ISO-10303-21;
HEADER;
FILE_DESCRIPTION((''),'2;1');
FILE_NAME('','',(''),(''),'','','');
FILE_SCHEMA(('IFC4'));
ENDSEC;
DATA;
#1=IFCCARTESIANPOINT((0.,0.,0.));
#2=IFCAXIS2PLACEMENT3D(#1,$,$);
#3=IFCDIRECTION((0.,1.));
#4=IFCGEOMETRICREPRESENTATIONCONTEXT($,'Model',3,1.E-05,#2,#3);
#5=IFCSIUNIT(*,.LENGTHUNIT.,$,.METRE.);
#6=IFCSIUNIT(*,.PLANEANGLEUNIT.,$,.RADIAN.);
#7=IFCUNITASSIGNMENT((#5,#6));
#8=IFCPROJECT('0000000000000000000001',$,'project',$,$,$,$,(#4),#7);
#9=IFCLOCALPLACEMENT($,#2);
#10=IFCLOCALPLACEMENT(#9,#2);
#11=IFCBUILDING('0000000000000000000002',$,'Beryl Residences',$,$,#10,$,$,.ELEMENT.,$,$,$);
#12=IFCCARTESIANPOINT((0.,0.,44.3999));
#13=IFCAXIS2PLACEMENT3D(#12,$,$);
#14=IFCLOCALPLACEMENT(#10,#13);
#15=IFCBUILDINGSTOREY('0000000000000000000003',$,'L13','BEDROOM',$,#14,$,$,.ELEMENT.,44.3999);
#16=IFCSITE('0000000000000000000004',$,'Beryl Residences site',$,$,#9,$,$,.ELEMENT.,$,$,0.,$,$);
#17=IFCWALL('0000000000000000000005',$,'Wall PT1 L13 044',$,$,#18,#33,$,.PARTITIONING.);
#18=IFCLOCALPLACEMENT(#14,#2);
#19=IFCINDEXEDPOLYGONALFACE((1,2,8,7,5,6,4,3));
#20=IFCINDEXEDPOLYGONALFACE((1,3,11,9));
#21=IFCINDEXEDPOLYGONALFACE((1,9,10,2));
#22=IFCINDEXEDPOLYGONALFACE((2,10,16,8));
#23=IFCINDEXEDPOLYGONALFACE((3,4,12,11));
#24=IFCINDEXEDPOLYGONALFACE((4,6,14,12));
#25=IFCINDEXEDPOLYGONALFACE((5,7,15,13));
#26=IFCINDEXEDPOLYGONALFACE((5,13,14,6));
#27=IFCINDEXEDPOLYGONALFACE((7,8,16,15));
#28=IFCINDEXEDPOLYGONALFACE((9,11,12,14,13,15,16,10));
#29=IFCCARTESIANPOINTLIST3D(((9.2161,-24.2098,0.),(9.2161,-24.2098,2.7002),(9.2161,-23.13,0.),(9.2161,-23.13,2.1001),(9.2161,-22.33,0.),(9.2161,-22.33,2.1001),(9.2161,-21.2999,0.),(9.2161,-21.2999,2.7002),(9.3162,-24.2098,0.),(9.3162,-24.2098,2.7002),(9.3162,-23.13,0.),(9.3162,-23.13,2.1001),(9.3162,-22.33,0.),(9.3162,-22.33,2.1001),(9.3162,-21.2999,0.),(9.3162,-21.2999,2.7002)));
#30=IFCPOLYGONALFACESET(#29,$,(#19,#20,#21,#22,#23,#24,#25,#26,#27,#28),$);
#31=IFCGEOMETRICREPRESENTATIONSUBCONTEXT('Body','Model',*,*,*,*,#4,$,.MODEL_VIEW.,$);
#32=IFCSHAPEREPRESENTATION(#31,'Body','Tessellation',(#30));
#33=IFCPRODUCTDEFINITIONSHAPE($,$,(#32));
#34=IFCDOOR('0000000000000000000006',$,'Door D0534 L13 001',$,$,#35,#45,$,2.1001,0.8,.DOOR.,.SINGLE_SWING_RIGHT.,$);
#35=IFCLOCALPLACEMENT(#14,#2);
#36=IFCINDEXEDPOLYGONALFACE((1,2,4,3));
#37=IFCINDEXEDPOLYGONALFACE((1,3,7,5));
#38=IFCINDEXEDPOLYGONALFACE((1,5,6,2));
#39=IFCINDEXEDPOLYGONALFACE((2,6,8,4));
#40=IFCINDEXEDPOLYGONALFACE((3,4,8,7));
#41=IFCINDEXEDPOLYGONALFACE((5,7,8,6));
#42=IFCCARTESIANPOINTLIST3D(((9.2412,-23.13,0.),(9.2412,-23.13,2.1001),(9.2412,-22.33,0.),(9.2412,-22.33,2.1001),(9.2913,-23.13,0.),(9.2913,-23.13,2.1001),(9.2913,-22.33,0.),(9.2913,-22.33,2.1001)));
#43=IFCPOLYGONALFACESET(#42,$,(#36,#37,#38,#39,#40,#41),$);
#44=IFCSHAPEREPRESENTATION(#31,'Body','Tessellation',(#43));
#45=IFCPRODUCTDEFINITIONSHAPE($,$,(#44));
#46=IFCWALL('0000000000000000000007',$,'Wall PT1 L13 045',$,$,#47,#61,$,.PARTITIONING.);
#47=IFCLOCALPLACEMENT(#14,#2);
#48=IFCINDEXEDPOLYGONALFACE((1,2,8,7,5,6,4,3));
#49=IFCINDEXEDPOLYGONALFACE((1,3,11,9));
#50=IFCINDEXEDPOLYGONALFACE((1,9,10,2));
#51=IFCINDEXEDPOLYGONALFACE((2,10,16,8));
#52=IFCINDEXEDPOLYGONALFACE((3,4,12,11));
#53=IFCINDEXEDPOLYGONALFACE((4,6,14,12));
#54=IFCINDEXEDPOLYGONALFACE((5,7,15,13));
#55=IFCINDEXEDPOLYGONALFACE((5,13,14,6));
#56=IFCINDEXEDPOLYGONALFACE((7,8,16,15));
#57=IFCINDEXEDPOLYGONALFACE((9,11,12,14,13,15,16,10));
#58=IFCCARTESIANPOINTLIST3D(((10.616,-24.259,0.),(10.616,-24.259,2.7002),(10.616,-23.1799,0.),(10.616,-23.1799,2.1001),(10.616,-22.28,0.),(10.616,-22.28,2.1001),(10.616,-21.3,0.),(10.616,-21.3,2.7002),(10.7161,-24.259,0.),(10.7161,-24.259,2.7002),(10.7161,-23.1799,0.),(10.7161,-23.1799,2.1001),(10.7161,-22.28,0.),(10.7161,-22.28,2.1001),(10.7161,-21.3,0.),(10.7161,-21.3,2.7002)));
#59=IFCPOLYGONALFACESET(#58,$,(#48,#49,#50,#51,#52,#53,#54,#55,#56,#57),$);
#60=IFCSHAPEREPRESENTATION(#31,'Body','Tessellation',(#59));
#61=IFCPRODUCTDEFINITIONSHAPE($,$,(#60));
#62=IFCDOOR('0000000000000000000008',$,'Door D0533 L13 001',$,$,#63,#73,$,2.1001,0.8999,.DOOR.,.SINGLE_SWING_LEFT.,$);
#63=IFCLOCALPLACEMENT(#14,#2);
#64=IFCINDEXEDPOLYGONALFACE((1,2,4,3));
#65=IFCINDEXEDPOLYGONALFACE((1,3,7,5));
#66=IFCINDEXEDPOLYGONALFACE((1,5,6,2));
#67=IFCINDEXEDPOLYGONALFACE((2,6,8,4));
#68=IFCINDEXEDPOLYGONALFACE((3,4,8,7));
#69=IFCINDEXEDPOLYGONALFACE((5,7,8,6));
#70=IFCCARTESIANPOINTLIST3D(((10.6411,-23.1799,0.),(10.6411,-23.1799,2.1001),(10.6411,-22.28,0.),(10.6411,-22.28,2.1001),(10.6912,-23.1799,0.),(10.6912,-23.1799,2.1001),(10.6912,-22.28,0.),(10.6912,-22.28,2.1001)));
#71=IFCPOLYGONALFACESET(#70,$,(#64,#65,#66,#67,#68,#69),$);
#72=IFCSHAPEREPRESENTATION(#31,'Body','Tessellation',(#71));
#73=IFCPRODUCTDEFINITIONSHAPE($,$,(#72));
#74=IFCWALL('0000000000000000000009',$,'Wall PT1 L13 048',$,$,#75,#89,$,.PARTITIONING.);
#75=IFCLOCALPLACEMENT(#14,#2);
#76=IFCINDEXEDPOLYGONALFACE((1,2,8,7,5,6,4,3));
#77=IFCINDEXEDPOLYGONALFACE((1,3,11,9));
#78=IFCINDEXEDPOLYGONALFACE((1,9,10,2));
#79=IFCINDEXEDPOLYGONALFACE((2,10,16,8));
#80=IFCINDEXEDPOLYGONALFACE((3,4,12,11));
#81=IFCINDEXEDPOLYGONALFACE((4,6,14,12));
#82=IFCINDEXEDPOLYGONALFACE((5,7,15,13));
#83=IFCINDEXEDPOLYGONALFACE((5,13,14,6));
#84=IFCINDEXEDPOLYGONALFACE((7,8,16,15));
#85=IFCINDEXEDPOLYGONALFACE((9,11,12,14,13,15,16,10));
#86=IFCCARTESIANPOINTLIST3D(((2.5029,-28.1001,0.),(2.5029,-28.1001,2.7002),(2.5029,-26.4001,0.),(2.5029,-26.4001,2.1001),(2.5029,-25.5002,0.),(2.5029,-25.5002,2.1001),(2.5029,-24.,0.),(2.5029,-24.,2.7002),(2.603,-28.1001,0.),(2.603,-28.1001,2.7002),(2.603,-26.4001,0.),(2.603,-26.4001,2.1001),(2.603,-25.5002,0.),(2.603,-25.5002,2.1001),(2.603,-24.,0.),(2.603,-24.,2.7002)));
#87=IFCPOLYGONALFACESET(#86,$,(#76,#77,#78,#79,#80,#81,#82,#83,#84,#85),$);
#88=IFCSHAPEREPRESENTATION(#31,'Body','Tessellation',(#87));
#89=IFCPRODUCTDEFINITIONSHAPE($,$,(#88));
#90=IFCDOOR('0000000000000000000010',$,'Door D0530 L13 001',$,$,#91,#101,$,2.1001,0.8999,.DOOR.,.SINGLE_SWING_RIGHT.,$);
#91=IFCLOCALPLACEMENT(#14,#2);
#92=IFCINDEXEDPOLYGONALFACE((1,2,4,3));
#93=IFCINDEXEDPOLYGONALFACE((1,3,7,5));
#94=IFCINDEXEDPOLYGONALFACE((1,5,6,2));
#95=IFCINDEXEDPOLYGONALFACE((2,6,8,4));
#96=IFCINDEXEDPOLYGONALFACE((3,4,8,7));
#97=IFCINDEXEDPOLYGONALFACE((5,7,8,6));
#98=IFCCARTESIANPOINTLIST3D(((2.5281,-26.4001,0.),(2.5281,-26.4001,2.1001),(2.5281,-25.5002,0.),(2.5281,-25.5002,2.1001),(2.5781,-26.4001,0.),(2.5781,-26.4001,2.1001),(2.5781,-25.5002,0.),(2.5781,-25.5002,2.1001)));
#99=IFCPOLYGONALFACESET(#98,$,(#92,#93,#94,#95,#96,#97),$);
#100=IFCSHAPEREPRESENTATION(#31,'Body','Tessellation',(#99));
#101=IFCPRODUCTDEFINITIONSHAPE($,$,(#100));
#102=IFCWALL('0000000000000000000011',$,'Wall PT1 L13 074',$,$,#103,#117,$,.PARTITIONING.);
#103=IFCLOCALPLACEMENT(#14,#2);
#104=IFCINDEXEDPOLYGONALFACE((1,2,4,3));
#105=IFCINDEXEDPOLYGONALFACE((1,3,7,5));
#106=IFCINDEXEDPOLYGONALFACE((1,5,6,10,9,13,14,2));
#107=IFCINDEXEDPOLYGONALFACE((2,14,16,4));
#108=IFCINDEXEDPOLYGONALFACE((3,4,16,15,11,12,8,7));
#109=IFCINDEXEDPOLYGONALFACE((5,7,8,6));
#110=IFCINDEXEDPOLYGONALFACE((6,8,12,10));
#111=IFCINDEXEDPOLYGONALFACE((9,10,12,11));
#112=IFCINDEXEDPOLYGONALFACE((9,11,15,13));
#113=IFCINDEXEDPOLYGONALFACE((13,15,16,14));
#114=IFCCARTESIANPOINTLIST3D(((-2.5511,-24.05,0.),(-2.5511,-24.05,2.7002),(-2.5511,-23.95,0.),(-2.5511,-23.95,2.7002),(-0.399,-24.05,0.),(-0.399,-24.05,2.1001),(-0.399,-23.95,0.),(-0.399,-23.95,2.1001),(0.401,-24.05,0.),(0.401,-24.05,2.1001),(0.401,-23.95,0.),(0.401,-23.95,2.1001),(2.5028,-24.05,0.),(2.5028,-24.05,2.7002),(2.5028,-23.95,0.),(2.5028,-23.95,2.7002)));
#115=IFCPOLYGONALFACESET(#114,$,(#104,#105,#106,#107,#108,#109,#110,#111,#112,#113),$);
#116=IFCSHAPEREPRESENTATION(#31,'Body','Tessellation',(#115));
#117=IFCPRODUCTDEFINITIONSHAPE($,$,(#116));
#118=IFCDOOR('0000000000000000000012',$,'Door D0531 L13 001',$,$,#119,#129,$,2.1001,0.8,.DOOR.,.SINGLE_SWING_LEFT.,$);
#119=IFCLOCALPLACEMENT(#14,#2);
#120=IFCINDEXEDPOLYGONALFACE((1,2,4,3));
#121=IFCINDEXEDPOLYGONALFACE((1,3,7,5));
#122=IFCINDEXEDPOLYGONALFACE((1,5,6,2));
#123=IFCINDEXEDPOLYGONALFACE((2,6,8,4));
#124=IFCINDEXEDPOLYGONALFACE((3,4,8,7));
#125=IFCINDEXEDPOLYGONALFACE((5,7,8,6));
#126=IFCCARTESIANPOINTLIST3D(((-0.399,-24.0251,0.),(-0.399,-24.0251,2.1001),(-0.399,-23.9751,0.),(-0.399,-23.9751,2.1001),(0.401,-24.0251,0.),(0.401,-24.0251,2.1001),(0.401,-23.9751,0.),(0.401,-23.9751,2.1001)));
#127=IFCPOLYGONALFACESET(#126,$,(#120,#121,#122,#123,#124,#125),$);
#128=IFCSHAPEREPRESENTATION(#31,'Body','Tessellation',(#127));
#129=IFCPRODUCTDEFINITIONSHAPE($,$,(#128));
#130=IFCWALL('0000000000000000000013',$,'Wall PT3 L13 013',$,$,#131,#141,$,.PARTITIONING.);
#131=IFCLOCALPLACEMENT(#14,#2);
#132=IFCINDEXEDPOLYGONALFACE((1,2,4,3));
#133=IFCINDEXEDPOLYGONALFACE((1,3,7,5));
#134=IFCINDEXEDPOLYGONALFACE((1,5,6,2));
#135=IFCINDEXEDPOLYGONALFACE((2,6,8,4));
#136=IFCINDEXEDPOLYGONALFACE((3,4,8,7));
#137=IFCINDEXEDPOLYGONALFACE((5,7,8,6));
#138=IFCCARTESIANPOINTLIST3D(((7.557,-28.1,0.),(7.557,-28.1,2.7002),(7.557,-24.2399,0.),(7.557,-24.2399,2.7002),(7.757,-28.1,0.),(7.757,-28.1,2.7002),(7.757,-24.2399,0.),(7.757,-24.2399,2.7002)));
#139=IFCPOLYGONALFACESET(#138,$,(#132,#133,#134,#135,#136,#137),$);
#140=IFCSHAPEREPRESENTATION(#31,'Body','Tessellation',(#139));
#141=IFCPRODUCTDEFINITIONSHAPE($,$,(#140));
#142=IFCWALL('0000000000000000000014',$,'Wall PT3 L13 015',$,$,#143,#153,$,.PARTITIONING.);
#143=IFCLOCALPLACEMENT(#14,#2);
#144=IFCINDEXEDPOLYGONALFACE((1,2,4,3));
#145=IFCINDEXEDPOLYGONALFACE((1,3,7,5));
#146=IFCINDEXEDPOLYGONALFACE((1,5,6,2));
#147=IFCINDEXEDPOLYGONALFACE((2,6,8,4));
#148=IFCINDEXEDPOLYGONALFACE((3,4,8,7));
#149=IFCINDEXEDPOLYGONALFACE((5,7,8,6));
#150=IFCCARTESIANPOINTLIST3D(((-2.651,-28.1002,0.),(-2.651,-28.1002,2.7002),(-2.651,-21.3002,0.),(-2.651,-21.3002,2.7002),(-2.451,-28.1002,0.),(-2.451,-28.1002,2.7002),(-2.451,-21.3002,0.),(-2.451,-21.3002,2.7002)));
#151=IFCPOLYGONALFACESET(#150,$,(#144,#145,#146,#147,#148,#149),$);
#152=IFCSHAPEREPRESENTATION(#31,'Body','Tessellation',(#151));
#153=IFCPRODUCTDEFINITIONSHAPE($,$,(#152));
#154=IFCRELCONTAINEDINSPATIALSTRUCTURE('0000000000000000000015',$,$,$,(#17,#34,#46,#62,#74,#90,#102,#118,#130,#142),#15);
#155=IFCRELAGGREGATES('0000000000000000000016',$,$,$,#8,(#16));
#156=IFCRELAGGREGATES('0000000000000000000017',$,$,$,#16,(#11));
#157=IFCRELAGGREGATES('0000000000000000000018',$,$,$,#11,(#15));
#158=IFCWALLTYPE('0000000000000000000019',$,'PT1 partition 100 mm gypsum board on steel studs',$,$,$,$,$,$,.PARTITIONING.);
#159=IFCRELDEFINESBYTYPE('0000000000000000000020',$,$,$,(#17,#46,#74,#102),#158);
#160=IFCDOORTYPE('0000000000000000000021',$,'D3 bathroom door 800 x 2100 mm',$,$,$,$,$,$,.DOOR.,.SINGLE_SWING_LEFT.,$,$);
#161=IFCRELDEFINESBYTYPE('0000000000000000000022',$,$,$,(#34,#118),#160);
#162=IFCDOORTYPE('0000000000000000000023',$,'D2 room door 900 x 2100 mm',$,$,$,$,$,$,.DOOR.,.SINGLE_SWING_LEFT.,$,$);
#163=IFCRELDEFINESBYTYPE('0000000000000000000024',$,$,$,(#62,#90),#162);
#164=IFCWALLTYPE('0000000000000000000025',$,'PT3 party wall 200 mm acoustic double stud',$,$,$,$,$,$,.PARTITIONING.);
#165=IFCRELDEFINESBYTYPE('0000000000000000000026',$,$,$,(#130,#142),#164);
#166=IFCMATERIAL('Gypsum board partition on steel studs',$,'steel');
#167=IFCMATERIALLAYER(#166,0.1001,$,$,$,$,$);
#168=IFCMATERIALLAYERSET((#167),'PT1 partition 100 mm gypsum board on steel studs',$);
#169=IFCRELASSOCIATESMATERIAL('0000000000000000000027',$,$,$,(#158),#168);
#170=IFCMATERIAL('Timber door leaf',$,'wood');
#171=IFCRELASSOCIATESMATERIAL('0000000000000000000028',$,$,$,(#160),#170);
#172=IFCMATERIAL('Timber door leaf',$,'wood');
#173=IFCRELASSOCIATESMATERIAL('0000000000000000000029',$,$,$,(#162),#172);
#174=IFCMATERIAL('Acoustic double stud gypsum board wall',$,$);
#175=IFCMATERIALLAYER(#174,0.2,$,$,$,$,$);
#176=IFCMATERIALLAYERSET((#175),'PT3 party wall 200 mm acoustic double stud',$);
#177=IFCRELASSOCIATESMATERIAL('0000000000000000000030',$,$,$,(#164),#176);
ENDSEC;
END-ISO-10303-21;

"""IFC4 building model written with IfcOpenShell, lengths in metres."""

from ifc_helpers import new_model, si_unit, direction, frame, frame_2d, origin, place, context, subcontext, project, spatial, rectangle, extrude, material, layer, layer_set, type_object, element, fill, save


model = new_model("IFC4")

# Units and contexts
model_context = context("Model", 3, precision=1e-05, world=origin(), true_north=direction((0.0, 1.0)))
body_context = subcontext(model_context, "Body", "Model", "MODEL_VIEW")
ifc_project = project(units=[si_unit("LENGTHUNIT", "METRE"), si_unit("PLANEANGLEUNIT", "RADIAN")], contexts=[model_context])

# Site, building, storey
site_placement = place(None, origin())
site = spatial("IfcSite", under=ifc_project, at=site_placement, Name="Beryl Residences site", CompositionType="ELEMENT", RefElevation=0.0)
building_placement = place(site_placement, origin())
building = spatial("IfcBuilding", under=site, at=building_placement, Name="Beryl Residences", CompositionType="ELEMENT")
storey_placement = place(building_placement, frame((0.0, 0.0, 44.3999)))
storey = spatial("IfcBuildingStorey", under=building, at=storey_placement, Name="L13", Description="BEDROOM", CompositionType="ELEMENT", Elevation=44.3999)

# Shared definitions
ifc_material_1 = material(Name="Gypsum board partition on steel studs", Category="steel")
ifc_layer_1 = layer(ifc_material_1, 0.1001)
ifc_layer_set_1 = layer_set([ifc_layer_1], Name="PT1 partition 100 mm gypsum board on steel studs")
wall_type_1 = type_object("IfcWallType", Name="PT1 partition 100 mm gypsum board on steel studs", PredefinedType="PARTITIONING", material=ifc_layer_set_1)

# Walls, openings, doors
ifc_material_2 = material(Name="Timber door leaf", Category="wood")
door_type_1 = type_object("IfcDoorType", Name="D3 bathroom door 800 x 2100 mm", OperationType="SINGLE_SWING_LEFT", PredefinedType="DOOR", material=ifc_material_2)
ifc_material_3 = material(Name="Timber door leaf", Category="wood")
door_type_2 = type_object("IfcDoorType", Name="D2 room door 900 x 2100 mm", OperationType="SINGLE_SWING_LEFT", PredefinedType="DOOR", material=ifc_material_3)
wall_1_placement = place(storey_placement, frame((9.2661, -24.21, 0.0), z_axis=(0.0, 0.0, 1.0), x_axis=(0.0, 1.0, 0.0)))
wall_1 = element("IfcWall", 1, at=wall_1_placement, inside=storey, type_object=wall_type_1, Name="Wall PT1 L13 044", PredefinedType="PARTITIONING", context=body_context, shape_type="SweptSolid", body=[
    extrude(rectangle(XDim=2.9099, YDim=0.1001, at=frame_2d((1.4551, 0.0))), origin(), (0.0, 0.0, 1.0), 2.7002),
])
opening_1_placement = place(wall_1_placement, frame((1.0801, 0.0, 0.0)))
opening_1 = element("IfcOpeningElement", 2, at=opening_1_placement, cuts=wall_1, PredefinedType="OPENING", context=body_context, shape_type="SweptSolid", body=[
    extrude(rectangle(XDim=0.8, YDim=2.1001, at=frame_2d((0.3999, 1.05))), frame((0.0, 0.0601, 0.0), z_axis=(0.0, -1.0, 0.0), x_axis=(1.0, 0.0, 0.0)), (0.0, 0.0, 1.0), 0.1201),
])
door_1_placement = place(opening_1_placement, origin())
door_1 = element("IfcDoor", 3, at=door_1_placement, inside=storey, type_object=door_type_1, Name="Door D0534 L13 001", OperationType="SINGLE_SWING_RIGHT", OverallHeight=2.1001, OverallWidth=0.8, PredefinedType="DOOR", context=body_context, shape_type="SweptSolid", body=[
    extrude(rectangle(XDim=0.8, YDim=2.1001, at=frame_2d((0.3999, 1.05))), frame((0.0, 0.0249, 0.0), z_axis=(0.0, -1.0, 0.0), x_axis=(1.0, 0.0, 0.0)), (0.0, 0.0, 1.0), 0.05),
])
fill(opening_1, door_1)
wall_2_placement = place(storey_placement, frame((10.666, -24.259, 0.0), z_axis=(0.0, 0.0, 1.0), x_axis=(0.0, 1.0, 0.0)))
wall_2 = element("IfcWall", 4, at=wall_2_placement, inside=storey, type_object=wall_type_1, Name="Wall PT1 L13 045", PredefinedType="PARTITIONING", context=body_context, shape_type="SweptSolid", body=[
    extrude(rectangle(XDim=2.959, YDim=0.1001, at=frame_2d((1.4795, 0.0))), origin(), (0.0, 0.0, 1.0), 2.7002),
])
opening_2_placement = place(wall_2_placement, frame((1.0791, 0.0, 0.0)))
opening_2 = element("IfcOpeningElement", 5, at=opening_2_placement, cuts=wall_2, PredefinedType="OPENING", context=body_context, shape_type="SweptSolid", body=[
    extrude(rectangle(XDim=0.8999, YDim=2.1001, at=frame_2d((0.45, 1.05))), frame((0.0, 0.0601, 0.0), z_axis=(0.0, -1.0, 0.0), x_axis=(1.0, 0.0, 0.0)), (0.0, 0.0, 1.0), 0.1201),
])
door_2_placement = place(opening_2_placement, origin())
door_2 = element("IfcDoor", 6, at=door_2_placement, inside=storey, type_object=door_type_2, Name="Door D0533 L13 001", OperationType="SINGLE_SWING_LEFT", OverallHeight=2.1001, OverallWidth=0.8999, PredefinedType="DOOR", context=body_context, shape_type="SweptSolid", body=[
    extrude(rectangle(XDim=0.8999, YDim=2.1001, at=frame_2d((0.45, 1.05))), frame((0.0, 0.0249, 0.0), z_axis=(0.0, -1.0, 0.0), x_axis=(1.0, 0.0, 0.0)), (0.0, 0.0, 1.0), 0.05),
])
fill(opening_2, door_2)
wall_3_placement = place(storey_placement, frame((2.553, -28.1001, 0.0), z_axis=(0.0, 0.0, 1.0), x_axis=(0.0, 1.0, 0.0)))
wall_3 = element("IfcWall", 7, at=wall_3_placement, inside=storey, type_object=wall_type_1, Name="Wall PT1 L13 048", PredefinedType="PARTITIONING", context=body_context, shape_type="SweptSolid", body=[
    extrude(rectangle(XDim=4.1001, YDim=0.1001, at=frame_2d((2.05, 0.0))), origin(), (0.0, 0.0, 1.0), 2.7002),
])
opening_3_placement = place(wall_3_placement, frame((1.7, 0.0, 0.0)))
opening_3 = element("IfcOpeningElement", 8, at=opening_3_placement, cuts=wall_3, PredefinedType="OPENING", context=body_context, shape_type="SweptSolid", body=[
    extrude(rectangle(XDim=0.8999, YDim=2.1001, at=frame_2d((0.45, 1.05))), frame((0.0, 0.0601, 0.0), z_axis=(0.0, -1.0, 0.0), x_axis=(1.0, 0.0, 0.0)), (0.0, 0.0, 1.0), 0.1201),
])
door_3_placement = place(opening_3_placement, origin())
door_3 = element("IfcDoor", 9, at=door_3_placement, inside=storey, type_object=door_type_2, Name="Door D0530 L13 001", OperationType="SINGLE_SWING_RIGHT", OverallHeight=2.1001, OverallWidth=0.8999, PredefinedType="DOOR", context=body_context, shape_type="SweptSolid", body=[
    extrude(rectangle(XDim=0.8999, YDim=2.1001, at=frame_2d((0.45, 1.05))), frame((0.0, 0.0249, 0.0), z_axis=(0.0, -1.0, 0.0), x_axis=(1.0, 0.0, 0.0)), (0.0, 0.0, 1.0), 0.05),
])
fill(opening_3, door_3)
wall_4_placement = place(storey_placement, frame((-2.551, -24.0, 0.0), z_axis=(0.0, 0.0, 1.0), x_axis=(1.0, 0.0, 0.0)))
wall_4 = element("IfcWall", 10, at=wall_4_placement, inside=storey, type_object=wall_type_1, Name="Wall PT1 L13 074", PredefinedType="PARTITIONING", context=body_context, shape_type="SweptSolid", body=[
    extrude(rectangle(XDim=5.054, YDim=0.1001, at=frame_2d((2.5269, 0.0))), origin(), (0.0, 0.0, 1.0), 2.7002),
])
opening_4_placement = place(wall_4_placement, frame((2.1521, 0.0, 0.0)))
opening_4 = element("IfcOpeningElement", 11, at=opening_4_placement, cuts=wall_4, PredefinedType="OPENING", context=body_context, shape_type="SweptSolid", body=[
    extrude(rectangle(XDim=0.8, YDim=2.1001, at=frame_2d((0.3999, 1.05))), frame((0.0, 0.0601, 0.0), z_axis=(0.0, -1.0, 0.0), x_axis=(1.0, 0.0, 0.0)), (0.0, 0.0, 1.0), 0.1201),
])
door_4_placement = place(opening_4_placement, origin())
door_4 = element("IfcDoor", 12, at=door_4_placement, inside=storey, type_object=door_type_1, Name="Door D0531 L13 001", OperationType="SINGLE_SWING_LEFT", OverallHeight=2.1001, OverallWidth=0.8, PredefinedType="DOOR", context=body_context, shape_type="SweptSolid", body=[
    extrude(rectangle(XDim=0.8, YDim=2.1001, at=frame_2d((0.3999, 1.05))), frame((0.0, 0.0249, 0.0), z_axis=(0.0, -1.0, 0.0), x_axis=(1.0, 0.0, 0.0)), (0.0, 0.0, 1.0), 0.05),
])
fill(opening_4, door_4)

# Walls
ifc_material_4 = material(Name="Acoustic double stud gypsum board wall")
ifc_layer_2 = layer(ifc_material_4, 0.2)
ifc_layer_set_2 = layer_set([ifc_layer_2], Name="PT3 party wall 200 mm acoustic double stud")
wall_type_2 = type_object("IfcWallType", Name="PT3 party wall 200 mm acoustic double stud", PredefinedType="PARTITIONING", material=ifc_layer_set_2)
wall_5_placement = place(storey_placement, frame((7.657, -28.1001, 0.0), z_axis=(0.0, 0.0, 1.0), x_axis=(0.0, 1.0, 0.0)))
element("IfcWall", 13, at=wall_5_placement, inside=storey, type_object=wall_type_2, Name="Wall PT3 L13 013", PredefinedType="PARTITIONING", context=body_context, shape_type="SweptSolid", body=[
    extrude(rectangle(XDim=3.8601, YDim=0.2, at=frame_2d((1.9302, 0.0))), origin(), (0.0, 0.0, 1.0), 2.7002),
])
wall_6_placement = place(storey_placement, frame((-2.551, -28.1001, 0.0), z_axis=(0.0, 0.0, 1.0), x_axis=(0.0, 1.0, 0.0)))
element("IfcWall", 14, at=wall_6_placement, inside=storey, type_object=wall_type_2, Name="Wall PT3 L13 015", PredefinedType="PARTITIONING", context=body_context, shape_type="SweptSolid", body=[
    extrude(rectangle(XDim=6.8, YDim=0.2, at=frame_2d((3.3999, 0.0))), origin(), (0.0, 0.0, 1.0), 2.7002),
])

save(model, "model.ifc")
